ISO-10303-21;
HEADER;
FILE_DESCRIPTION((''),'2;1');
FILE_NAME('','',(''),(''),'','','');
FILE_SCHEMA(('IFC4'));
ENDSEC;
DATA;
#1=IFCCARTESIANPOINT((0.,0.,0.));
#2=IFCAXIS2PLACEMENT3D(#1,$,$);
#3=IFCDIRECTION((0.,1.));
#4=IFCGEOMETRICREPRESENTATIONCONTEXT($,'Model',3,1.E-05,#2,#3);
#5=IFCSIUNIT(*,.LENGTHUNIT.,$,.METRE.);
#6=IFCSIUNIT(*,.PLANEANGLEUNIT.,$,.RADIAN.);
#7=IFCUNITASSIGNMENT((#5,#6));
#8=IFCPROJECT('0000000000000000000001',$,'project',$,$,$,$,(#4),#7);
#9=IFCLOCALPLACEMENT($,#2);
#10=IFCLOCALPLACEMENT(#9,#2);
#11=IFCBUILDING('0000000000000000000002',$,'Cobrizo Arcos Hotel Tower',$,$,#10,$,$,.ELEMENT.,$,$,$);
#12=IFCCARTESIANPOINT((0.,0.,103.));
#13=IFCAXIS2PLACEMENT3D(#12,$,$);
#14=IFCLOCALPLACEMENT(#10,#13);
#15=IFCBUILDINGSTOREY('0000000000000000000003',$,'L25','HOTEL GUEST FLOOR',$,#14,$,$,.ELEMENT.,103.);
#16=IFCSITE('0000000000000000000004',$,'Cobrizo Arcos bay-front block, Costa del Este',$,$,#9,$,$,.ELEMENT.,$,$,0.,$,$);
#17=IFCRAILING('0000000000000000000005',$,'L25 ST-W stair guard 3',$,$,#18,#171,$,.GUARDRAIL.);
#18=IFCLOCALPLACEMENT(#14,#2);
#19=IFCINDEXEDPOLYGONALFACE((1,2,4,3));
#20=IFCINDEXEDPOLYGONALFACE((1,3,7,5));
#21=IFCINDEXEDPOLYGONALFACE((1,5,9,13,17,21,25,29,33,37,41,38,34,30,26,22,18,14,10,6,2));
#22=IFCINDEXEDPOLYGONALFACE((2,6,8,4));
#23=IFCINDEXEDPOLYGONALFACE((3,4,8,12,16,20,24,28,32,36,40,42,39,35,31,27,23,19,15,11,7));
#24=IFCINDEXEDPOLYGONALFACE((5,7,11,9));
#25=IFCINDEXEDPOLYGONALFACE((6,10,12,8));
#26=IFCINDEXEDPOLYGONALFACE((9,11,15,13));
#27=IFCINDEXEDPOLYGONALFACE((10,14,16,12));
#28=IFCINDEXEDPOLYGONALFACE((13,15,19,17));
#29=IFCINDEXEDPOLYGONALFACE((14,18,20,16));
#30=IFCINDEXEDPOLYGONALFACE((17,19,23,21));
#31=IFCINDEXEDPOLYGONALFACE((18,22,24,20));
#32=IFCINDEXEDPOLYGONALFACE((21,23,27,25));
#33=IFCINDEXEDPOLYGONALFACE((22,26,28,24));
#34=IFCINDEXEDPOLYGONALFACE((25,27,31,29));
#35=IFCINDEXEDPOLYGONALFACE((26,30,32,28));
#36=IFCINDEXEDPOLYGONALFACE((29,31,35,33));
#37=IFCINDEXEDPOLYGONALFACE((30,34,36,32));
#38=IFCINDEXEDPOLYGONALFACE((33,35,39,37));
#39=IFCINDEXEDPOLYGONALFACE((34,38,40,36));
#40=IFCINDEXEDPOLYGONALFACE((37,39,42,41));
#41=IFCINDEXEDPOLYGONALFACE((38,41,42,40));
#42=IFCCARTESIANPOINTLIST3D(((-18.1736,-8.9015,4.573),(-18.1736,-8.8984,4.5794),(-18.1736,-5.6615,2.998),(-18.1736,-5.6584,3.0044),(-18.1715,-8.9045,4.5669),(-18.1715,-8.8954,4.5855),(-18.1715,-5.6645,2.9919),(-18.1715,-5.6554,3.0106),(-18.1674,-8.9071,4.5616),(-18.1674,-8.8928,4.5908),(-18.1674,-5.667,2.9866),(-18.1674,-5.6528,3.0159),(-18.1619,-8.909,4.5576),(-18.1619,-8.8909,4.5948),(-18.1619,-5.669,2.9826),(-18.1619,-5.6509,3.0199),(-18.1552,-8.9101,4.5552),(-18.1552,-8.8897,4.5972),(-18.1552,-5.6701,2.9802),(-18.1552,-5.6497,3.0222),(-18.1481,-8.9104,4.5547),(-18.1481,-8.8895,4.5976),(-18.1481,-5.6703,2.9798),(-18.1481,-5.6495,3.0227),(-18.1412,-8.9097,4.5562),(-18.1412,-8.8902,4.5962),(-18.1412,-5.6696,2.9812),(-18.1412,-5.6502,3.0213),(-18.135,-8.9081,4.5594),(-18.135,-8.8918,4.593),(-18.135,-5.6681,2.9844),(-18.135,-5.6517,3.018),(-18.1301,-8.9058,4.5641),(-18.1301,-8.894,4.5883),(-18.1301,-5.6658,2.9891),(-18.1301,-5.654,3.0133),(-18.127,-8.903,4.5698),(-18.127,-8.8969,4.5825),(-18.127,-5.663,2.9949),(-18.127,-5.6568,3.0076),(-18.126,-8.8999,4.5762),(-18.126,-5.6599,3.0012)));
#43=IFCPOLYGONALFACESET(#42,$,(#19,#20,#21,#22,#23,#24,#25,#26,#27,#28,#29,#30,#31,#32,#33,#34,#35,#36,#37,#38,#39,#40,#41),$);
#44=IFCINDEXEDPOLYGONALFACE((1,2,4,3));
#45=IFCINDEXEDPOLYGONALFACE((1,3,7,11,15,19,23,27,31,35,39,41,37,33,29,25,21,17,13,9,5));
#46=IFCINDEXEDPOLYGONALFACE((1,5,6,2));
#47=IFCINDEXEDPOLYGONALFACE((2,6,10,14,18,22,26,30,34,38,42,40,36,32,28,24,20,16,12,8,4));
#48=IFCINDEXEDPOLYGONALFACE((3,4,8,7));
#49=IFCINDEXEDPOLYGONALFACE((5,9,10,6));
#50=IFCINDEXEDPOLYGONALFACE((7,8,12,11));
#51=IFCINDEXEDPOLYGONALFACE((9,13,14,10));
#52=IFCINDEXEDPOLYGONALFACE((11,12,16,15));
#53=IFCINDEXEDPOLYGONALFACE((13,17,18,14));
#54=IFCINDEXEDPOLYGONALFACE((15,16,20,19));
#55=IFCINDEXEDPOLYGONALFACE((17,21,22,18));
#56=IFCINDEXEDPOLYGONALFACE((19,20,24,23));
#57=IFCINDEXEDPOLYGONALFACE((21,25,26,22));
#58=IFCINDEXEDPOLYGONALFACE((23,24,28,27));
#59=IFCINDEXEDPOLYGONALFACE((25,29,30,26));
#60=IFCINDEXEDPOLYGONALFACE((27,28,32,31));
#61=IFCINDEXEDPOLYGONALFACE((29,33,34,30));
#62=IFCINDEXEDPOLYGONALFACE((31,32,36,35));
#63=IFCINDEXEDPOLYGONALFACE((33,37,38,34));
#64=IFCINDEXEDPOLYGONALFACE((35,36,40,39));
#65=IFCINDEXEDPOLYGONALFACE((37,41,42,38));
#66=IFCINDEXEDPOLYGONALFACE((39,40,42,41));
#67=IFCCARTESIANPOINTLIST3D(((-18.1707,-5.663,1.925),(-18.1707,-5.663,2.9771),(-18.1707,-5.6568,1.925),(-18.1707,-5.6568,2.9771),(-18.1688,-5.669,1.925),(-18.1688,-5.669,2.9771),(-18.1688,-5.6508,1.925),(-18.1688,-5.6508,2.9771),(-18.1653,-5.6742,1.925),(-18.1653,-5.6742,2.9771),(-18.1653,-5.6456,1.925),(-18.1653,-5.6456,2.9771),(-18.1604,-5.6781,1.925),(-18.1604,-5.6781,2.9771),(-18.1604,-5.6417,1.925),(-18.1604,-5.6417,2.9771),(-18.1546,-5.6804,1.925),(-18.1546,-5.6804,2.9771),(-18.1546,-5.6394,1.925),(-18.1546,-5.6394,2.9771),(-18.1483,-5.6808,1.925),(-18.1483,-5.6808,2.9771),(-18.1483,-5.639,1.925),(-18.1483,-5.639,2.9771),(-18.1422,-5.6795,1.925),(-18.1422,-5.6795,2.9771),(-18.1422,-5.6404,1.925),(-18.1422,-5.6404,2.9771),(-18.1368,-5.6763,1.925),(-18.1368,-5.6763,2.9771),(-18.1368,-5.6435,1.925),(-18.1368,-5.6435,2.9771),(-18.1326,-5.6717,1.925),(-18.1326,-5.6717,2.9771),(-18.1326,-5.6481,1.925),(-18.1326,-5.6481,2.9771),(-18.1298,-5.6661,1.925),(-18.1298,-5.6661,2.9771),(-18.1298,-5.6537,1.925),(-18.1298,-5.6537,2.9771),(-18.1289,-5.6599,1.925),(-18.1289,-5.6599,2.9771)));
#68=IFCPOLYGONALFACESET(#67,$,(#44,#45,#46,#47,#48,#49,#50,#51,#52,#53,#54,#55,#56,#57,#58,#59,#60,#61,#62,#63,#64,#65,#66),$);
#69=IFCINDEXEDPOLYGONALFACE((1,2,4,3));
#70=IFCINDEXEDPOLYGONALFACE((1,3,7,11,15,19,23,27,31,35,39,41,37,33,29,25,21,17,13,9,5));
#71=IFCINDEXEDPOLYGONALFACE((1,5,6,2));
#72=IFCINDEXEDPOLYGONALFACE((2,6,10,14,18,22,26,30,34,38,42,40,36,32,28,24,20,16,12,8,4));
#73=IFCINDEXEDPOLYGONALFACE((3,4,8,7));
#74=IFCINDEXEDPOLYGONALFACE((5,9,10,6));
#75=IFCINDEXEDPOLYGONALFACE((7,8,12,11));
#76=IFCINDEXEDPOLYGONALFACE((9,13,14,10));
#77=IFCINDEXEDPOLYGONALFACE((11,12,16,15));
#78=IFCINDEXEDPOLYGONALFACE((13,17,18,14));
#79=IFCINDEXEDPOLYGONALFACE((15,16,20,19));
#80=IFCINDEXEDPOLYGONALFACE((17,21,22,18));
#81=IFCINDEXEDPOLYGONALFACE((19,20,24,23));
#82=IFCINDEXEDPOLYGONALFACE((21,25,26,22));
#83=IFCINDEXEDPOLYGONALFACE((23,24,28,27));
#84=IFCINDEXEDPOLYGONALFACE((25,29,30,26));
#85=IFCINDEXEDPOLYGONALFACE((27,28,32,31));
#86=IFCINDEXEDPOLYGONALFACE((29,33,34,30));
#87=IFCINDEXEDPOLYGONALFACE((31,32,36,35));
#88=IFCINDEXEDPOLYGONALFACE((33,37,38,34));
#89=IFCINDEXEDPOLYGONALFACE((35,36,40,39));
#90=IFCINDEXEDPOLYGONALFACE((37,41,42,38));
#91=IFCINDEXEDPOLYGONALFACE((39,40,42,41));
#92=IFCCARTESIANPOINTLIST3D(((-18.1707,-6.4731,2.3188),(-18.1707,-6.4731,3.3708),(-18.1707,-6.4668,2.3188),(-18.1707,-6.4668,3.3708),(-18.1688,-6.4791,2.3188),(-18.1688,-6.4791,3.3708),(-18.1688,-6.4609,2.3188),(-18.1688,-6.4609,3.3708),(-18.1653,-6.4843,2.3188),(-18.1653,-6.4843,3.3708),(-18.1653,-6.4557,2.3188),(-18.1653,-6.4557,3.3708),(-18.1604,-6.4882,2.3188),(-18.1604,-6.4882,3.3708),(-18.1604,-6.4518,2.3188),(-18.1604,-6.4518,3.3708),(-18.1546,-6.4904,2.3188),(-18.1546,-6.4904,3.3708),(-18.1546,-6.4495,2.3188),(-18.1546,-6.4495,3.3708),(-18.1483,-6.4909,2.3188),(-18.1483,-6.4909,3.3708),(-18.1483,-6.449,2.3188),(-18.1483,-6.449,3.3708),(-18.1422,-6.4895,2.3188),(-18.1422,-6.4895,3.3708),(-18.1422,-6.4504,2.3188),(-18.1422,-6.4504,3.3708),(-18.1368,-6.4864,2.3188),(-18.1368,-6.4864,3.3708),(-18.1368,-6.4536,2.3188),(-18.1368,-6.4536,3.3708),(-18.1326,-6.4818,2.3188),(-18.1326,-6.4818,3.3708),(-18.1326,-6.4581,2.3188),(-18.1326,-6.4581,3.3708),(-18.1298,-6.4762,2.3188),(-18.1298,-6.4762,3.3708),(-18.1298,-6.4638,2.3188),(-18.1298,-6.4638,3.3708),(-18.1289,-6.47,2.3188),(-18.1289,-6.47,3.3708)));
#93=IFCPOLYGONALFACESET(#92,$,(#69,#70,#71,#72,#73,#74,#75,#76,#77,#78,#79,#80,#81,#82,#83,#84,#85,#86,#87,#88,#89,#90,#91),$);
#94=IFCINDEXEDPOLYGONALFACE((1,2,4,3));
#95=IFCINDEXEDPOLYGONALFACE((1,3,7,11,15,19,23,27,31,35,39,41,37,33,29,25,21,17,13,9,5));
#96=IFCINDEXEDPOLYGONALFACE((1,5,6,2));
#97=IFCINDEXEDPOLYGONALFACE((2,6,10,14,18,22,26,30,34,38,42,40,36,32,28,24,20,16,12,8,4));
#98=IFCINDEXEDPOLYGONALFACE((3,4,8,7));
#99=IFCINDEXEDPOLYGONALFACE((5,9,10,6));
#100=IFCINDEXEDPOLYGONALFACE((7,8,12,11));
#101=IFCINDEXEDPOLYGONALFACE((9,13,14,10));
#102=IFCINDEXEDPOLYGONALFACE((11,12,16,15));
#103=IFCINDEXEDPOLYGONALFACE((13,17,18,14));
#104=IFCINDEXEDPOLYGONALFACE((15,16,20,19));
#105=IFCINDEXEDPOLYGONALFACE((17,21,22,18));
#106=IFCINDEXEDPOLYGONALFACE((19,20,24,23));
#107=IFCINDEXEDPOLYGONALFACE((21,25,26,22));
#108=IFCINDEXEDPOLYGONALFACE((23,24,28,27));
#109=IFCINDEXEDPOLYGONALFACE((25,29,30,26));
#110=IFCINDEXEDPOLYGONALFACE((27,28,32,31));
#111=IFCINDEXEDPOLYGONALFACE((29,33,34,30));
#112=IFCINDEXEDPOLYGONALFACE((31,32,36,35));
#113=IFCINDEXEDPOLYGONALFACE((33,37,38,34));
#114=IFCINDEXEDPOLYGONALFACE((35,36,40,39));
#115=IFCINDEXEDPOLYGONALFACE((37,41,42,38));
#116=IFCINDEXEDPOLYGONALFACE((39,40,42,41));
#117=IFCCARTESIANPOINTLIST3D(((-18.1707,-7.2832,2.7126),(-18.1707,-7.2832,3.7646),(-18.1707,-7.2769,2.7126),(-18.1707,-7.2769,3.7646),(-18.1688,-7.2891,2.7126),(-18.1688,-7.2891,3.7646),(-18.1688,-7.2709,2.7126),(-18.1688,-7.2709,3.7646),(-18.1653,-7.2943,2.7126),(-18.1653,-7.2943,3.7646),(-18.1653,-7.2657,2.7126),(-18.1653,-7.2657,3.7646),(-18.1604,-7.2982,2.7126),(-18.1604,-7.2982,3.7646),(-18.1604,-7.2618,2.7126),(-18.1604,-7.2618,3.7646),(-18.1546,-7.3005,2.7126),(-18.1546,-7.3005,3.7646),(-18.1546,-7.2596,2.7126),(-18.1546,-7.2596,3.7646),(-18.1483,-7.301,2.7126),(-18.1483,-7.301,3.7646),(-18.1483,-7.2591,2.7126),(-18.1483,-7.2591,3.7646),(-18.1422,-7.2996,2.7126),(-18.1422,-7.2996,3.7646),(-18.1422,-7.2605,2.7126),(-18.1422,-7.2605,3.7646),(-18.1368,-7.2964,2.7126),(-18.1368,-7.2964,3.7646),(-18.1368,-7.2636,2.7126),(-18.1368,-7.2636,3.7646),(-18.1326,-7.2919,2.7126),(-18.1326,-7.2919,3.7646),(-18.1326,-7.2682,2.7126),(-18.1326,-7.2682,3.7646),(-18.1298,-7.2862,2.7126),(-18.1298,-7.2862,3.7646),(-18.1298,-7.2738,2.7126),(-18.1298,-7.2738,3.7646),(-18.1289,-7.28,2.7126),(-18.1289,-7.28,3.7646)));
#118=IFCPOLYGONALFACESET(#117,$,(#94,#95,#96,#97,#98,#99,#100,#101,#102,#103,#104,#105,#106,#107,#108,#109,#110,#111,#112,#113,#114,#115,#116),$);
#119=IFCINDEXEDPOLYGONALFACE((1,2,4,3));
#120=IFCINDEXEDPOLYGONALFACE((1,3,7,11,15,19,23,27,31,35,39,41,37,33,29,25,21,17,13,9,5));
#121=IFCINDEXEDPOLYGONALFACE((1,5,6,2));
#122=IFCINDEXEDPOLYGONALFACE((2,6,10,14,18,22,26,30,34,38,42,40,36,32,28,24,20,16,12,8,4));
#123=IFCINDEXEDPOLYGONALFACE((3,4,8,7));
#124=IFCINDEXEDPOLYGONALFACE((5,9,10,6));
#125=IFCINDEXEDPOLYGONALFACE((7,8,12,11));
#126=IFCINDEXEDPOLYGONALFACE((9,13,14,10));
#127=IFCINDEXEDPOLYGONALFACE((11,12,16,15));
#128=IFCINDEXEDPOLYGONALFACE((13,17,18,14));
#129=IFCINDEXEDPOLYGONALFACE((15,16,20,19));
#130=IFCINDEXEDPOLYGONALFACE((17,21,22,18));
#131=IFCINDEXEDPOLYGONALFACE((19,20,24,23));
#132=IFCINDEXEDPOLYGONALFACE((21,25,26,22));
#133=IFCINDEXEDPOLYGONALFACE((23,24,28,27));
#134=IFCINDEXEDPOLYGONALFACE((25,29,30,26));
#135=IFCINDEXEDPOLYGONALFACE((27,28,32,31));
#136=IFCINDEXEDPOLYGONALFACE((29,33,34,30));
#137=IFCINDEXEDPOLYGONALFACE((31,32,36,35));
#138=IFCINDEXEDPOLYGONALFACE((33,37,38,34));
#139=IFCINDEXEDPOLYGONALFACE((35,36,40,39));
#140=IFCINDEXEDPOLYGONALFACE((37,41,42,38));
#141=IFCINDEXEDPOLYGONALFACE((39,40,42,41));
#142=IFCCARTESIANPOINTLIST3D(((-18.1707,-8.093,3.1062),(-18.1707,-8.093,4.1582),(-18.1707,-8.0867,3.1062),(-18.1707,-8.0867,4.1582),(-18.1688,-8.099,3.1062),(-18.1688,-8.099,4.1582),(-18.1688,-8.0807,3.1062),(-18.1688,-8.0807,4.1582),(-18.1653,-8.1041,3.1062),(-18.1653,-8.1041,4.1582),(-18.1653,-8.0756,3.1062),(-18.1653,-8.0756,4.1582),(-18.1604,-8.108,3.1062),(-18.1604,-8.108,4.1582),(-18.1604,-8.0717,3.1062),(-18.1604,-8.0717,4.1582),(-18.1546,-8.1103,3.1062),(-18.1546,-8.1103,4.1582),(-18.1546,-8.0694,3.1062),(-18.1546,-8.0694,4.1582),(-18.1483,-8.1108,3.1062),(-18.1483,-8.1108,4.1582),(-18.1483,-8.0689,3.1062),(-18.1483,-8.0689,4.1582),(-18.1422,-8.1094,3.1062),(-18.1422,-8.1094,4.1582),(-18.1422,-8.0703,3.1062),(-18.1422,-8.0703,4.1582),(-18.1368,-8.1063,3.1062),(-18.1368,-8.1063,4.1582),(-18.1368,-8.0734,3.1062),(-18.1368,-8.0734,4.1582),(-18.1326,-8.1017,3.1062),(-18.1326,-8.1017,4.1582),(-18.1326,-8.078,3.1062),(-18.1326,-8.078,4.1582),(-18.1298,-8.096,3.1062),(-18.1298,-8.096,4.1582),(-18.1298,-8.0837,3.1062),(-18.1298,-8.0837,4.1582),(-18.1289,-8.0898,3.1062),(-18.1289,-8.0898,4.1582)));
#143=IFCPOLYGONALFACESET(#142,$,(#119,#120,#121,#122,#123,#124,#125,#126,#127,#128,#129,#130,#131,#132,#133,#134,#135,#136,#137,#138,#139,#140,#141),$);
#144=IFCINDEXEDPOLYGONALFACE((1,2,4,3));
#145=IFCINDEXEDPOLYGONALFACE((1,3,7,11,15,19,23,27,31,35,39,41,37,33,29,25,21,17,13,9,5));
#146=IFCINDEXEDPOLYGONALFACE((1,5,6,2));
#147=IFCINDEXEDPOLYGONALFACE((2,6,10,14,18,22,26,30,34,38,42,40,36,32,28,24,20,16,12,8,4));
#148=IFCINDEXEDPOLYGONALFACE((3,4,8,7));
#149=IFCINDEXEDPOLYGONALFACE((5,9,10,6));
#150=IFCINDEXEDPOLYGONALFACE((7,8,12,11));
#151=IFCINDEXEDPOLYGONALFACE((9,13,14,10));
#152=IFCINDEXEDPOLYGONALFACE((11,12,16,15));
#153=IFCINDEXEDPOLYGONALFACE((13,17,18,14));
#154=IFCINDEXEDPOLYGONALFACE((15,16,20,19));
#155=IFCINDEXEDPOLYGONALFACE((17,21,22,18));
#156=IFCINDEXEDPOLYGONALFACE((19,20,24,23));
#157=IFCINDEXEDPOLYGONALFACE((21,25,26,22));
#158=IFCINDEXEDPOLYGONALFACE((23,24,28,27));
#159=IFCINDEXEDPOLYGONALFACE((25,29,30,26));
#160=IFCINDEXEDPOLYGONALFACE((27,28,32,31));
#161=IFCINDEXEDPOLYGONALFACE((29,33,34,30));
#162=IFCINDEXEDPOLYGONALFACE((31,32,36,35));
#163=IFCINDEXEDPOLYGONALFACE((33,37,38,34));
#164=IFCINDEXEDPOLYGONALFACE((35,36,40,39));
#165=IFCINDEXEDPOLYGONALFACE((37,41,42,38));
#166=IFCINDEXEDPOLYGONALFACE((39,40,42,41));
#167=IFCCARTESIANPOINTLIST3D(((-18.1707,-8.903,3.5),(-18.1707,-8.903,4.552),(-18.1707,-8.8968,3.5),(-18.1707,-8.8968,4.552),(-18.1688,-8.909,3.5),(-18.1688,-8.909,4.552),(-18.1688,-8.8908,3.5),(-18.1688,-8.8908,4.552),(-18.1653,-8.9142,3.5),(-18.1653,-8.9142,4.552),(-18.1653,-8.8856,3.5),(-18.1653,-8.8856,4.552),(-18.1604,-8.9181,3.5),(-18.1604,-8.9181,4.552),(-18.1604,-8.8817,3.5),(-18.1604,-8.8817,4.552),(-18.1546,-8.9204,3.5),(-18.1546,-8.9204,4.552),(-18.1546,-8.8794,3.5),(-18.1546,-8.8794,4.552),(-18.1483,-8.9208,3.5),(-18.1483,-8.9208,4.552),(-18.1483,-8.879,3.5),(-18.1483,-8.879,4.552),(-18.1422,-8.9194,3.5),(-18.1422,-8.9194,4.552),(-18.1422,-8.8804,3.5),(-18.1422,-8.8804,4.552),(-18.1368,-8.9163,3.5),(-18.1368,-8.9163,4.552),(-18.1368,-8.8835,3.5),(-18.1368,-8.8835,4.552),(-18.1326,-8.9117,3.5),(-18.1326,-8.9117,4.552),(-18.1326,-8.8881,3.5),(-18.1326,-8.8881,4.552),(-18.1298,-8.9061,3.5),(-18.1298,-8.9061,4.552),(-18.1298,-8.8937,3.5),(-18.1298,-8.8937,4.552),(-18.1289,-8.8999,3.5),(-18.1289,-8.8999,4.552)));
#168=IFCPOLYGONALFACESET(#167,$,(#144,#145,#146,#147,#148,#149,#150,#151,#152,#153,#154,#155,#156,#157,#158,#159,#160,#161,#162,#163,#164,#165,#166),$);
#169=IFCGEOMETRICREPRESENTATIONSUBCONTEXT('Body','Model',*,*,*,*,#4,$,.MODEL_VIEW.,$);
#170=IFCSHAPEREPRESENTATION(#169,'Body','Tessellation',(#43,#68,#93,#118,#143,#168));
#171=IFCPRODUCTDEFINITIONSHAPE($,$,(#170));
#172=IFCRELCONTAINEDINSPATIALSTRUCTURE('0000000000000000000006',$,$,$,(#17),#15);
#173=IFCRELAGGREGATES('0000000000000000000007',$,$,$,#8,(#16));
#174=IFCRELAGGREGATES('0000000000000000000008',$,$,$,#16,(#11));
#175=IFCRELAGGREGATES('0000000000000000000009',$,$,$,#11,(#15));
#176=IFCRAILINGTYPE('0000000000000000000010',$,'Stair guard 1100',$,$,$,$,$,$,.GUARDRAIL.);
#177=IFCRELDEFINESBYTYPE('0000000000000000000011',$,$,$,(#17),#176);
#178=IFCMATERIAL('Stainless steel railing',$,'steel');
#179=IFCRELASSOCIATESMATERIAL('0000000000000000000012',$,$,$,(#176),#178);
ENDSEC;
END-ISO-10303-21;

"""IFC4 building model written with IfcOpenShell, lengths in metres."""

from ifc_helpers import new_model, si_unit, direction, frame, origin, origin_2d, place, context, subcontext, project, spatial, circle, extrude, material, type_object, element, save


model = new_model("IFC4")

# Units and contexts
model_context = context("Model", 3, precision=1e-05, world=origin(), true_north=direction((0.0, 1.0)))
body_context = subcontext(model_context, "Body", "Model", "MODEL_VIEW")
ifc_project = project(units=[si_unit("LENGTHUNIT", "METRE"), si_unit("PLANEANGLEUNIT", "RADIAN")], contexts=[model_context])

# Site, building, storey
site_placement = place(None, origin())
site = spatial("IfcSite", under=ifc_project, at=site_placement, Name="Cobrizo Arcos bay-front block, Costa del Este", CompositionType="ELEMENT", RefElevation=0.0)
building_placement = place(site_placement, origin())
building = spatial("IfcBuilding", under=site, at=building_placement, Name="Cobrizo Arcos Hotel Tower", CompositionType="ELEMENT")
storey_placement = place(building_placement, frame((0.0, 0.0, 103.0)))
storey = spatial("IfcBuildingStorey", under=building, at=storey_placement, Name="L25", Description="HOTEL GUEST FLOOR", CompositionType="ELEMENT", Elevation=103.0)

# Railing
ifc_material_1 = material(Name="Stainless steel railing", Category="steel")
railing_type_1 = type_object("IfcRailingType", Name="Stair guard 1100", PredefinedType="GUARDRAIL", material=ifc_material_1)
railing_1_placement = place(storey_placement, frame((-18.1499, -5.6599, 1.925)))
element("IfcRailing", 1, at=railing_1_placement, inside=storey, type_object=railing_type_1, Name="L25 ST-W stair guard 3", PredefinedType="GUARDRAIL", context=body_context, shape_type="SweptSolid", body=[
    extrude(circle(Radius=0.0239, at=origin_2d()), frame((0.0, 0.0, 1.0762), z_axis=(0.0, -0.899373, 0.437183), x_axis=(1.0, 0.0, 0.0)), (0.0, 0.0, 1.0), 3.6025),
    extrude(circle(Radius=0.021, at=origin_2d()), origin(), (0.0, 0.0, 1.0), 1.052),
    extrude(circle(Radius=0.021, at=origin_2d()), frame((0.0, -0.8101, 0.3938)), (0.0, 0.0, 1.0), 1.052),
    extrude(circle(Radius=0.021, at=origin_2d()), frame((0.0, -1.6201, 0.7876)), (0.0, 0.0, 1.0), 1.052),
    extrude(circle(Radius=0.021, at=origin_2d()), frame((0.0, -2.4299, 1.1812)), (0.0, 0.0, 1.0), 1.052),
    extrude(circle(Radius=0.021, at=origin_2d()), frame((0.0, -3.24, 1.575)), (0.0, 0.0, 1.0), 1.052),
])

save(model, "model.ifc")
